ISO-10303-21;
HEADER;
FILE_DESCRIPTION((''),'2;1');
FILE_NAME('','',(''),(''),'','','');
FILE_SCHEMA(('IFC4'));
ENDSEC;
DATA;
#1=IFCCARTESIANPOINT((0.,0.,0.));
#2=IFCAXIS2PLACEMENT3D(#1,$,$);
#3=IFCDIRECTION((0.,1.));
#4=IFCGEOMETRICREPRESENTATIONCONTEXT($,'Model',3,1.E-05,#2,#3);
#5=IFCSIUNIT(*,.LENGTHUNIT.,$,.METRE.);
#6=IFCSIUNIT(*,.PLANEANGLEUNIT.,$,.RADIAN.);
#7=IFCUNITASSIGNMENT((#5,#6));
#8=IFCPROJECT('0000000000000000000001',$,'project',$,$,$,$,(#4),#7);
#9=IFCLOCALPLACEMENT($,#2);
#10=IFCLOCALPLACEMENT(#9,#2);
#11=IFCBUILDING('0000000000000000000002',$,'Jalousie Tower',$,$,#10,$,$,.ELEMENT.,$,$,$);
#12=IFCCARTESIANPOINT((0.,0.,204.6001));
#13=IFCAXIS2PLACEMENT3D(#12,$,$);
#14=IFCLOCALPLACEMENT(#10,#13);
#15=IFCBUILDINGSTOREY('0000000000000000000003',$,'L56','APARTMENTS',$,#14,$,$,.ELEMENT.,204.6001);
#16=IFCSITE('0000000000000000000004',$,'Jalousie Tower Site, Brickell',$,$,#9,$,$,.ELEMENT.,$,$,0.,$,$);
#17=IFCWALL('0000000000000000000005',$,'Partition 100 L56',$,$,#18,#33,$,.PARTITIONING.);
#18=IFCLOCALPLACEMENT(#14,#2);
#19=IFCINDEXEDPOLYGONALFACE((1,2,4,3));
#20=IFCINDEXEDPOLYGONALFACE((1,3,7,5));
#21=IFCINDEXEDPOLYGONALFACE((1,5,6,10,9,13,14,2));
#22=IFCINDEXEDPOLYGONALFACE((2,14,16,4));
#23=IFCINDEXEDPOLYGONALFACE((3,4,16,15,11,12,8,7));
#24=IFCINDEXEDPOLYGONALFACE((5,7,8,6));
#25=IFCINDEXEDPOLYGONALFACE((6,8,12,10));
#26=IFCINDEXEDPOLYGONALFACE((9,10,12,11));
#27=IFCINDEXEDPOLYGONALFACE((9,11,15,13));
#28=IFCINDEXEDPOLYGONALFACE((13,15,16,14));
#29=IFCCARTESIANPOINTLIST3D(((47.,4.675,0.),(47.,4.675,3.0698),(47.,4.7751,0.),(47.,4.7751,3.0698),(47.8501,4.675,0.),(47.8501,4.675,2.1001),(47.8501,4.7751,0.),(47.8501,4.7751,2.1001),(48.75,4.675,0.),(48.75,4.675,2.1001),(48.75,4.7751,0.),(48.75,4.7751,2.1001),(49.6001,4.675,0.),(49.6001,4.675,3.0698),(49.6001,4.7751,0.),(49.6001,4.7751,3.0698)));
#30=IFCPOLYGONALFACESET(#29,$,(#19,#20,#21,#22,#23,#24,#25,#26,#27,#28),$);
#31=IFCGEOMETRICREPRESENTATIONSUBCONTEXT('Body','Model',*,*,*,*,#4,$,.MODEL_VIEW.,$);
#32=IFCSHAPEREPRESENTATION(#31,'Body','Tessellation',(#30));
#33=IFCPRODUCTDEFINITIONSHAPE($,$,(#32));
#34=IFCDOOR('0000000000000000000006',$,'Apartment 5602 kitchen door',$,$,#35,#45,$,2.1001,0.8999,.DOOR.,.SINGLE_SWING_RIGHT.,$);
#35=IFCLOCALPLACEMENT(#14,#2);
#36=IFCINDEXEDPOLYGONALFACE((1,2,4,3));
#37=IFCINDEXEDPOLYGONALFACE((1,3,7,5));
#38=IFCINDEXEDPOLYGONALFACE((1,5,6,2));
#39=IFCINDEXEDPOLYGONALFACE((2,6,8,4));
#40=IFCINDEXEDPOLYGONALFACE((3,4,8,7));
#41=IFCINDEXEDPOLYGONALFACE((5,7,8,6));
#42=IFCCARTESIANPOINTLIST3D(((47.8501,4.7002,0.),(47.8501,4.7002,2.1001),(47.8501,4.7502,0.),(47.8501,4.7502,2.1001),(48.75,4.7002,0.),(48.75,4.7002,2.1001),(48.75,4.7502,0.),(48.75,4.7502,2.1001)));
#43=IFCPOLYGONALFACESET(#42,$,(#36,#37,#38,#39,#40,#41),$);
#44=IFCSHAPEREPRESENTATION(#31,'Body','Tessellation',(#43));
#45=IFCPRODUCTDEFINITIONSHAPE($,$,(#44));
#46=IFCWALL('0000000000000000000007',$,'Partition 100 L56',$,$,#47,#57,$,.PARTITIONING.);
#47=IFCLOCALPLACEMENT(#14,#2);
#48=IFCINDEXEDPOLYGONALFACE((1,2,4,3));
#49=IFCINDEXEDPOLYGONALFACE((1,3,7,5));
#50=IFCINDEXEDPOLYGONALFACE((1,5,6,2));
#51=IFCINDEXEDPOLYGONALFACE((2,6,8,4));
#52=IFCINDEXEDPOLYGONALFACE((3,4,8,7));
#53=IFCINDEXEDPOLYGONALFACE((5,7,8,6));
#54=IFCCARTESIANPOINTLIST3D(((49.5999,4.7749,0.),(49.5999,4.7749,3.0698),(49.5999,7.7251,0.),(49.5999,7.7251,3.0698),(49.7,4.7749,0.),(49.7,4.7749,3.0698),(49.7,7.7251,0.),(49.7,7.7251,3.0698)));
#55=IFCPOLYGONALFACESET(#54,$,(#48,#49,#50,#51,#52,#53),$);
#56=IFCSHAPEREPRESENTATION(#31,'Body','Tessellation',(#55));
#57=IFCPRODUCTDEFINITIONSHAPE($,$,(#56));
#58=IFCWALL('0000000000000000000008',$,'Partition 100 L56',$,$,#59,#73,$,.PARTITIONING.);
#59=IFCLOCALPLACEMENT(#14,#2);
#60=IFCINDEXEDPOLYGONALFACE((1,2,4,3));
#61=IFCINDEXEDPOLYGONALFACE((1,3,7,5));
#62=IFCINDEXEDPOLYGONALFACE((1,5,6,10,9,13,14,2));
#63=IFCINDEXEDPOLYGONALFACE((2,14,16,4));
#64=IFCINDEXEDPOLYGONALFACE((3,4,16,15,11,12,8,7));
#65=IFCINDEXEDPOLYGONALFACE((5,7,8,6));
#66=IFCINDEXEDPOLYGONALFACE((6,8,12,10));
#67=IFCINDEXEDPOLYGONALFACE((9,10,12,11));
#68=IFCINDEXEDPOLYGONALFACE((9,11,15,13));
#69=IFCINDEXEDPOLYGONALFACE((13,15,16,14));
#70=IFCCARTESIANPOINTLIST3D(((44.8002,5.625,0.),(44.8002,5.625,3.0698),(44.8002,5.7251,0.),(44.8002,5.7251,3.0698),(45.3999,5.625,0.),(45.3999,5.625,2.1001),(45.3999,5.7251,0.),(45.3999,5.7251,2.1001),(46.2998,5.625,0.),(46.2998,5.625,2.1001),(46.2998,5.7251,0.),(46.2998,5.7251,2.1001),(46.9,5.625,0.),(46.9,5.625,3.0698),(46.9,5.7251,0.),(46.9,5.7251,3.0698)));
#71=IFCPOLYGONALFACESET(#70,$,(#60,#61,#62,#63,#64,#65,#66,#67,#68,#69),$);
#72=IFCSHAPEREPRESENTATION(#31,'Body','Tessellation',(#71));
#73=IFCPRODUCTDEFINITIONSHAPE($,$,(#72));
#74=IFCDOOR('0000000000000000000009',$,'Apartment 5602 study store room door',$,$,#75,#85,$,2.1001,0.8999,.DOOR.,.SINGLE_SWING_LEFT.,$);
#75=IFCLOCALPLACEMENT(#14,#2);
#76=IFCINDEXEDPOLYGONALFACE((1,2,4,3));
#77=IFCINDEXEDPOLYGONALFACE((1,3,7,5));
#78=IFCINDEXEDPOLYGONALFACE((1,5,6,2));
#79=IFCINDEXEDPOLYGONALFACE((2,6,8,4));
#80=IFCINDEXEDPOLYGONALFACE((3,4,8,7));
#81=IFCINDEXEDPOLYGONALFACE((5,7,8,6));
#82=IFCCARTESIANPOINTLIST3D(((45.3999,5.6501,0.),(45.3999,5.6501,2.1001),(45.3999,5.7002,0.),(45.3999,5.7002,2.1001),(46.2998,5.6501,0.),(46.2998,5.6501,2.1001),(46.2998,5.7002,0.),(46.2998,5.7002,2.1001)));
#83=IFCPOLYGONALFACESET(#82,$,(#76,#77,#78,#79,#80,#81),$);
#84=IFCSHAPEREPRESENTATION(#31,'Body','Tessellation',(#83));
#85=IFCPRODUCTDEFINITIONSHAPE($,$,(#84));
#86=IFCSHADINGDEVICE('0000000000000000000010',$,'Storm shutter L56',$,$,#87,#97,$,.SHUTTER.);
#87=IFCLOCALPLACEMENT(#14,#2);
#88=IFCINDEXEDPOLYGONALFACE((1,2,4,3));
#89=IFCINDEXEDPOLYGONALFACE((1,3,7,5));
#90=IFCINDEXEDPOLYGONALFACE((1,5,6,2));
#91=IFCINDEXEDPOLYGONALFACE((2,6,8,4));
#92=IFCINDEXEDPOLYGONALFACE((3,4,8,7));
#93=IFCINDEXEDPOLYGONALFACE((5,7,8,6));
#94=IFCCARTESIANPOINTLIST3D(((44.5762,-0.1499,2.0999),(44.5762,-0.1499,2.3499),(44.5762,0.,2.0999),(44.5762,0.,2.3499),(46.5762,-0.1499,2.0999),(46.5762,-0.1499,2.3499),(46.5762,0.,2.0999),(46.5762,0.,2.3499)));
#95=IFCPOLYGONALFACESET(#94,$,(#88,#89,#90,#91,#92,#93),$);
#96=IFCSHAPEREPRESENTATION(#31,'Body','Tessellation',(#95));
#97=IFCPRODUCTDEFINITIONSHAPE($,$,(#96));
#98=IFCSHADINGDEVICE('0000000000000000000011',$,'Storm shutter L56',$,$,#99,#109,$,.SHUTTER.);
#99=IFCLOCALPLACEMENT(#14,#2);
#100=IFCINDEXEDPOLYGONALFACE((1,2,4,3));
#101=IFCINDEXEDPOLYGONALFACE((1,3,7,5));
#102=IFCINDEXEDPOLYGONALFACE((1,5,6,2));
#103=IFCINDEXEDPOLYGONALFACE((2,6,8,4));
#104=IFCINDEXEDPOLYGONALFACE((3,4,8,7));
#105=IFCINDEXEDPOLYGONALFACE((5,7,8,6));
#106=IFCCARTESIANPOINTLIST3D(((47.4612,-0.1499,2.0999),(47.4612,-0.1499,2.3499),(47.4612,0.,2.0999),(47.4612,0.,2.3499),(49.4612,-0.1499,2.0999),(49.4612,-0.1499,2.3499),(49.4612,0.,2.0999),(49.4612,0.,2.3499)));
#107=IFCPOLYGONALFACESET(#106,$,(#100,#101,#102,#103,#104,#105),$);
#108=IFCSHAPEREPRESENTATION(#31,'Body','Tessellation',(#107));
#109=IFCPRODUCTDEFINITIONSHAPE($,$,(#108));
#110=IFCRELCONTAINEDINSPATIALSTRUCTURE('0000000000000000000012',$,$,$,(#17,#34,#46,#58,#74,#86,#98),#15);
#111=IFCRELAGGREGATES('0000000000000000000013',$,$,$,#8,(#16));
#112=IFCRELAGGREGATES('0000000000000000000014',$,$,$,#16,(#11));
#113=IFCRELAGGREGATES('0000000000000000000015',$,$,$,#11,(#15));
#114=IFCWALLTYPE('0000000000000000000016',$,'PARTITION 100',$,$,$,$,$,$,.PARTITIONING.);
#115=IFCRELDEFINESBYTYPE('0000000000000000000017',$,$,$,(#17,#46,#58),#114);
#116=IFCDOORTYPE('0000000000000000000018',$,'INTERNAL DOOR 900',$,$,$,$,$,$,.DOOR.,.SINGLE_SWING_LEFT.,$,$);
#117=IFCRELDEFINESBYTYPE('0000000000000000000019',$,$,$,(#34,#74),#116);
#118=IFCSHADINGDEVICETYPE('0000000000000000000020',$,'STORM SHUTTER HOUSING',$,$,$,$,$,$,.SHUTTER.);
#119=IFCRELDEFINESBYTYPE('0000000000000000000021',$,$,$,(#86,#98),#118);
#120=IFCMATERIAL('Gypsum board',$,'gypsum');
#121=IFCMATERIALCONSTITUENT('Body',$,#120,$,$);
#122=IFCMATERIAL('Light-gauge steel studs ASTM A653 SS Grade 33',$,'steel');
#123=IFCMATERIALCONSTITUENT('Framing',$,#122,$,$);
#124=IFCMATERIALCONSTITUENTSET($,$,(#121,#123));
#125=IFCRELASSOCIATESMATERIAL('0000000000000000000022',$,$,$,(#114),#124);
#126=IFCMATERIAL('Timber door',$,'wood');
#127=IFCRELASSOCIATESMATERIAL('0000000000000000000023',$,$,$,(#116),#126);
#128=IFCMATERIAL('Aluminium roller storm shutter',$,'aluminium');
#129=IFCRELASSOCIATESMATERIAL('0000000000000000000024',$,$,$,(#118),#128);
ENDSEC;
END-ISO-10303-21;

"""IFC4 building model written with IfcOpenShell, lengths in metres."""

from ifc_helpers import new_model, si_unit, direction, frame, frame_2d, origin, origin_2d, place, context, subcontext, project, spatial, rectangle, extrude, material, constituent, constituent_set, type_object, element, fill, save


model = new_model("IFC4")

# Units and contexts
model_context = context("Model", 3, precision=1e-05, world=origin(), true_north=direction((0.0, 1.0)))
body_context = subcontext(model_context, "Body", "Model", "MODEL_VIEW")
ifc_project = project(units=[si_unit("LENGTHUNIT", "METRE"), si_unit("PLANEANGLEUNIT", "RADIAN")], contexts=[model_context])

# Site, building, storey
site_placement = place(None, origin())
site = spatial("IfcSite", under=ifc_project, at=site_placement, Name="Jalousie Tower Site, Brickell", CompositionType="ELEMENT", RefElevation=0.0)
building_placement = place(site_placement, origin())
building = spatial("IfcBuilding", under=site, at=building_placement, Name="Jalousie Tower", CompositionType="ELEMENT")
storey_placement = place(building_placement, frame((0.0, 0.0, 204.6001)))
storey = spatial("IfcBuildingStorey", under=building, at=storey_placement, Name="L56", Description="APARTMENTS", CompositionType="ELEMENT", Elevation=204.6001)

# Wall, opening, door
ifc_material_1 = material(Name="Gypsum board", Category="gypsum")
ifc_constituent_1 = constituent(ifc_material_1, Name="Body")
ifc_material_2 = material(Name="Light-gauge steel studs ASTM A653 SS Grade 33", Category="steel")
ifc_constituent_2 = constituent(ifc_material_2, Name="Framing")
ifc_constituent_set = constituent_set(constituents=[ifc_constituent_1, ifc_constituent_2])
wall_type = type_object("IfcWallType", Name="PARTITION 100", PredefinedType="PARTITIONING", material=ifc_constituent_set)
wall_1_placement = place(storey_placement, frame((47.0, 4.7251, 0.0), z_axis=(0.0, 0.0, 1.0), x_axis=(1.0, 0.0, 0.0)))
wall_1 = element("IfcWall", 1, at=wall_1_placement, inside=storey, type_object=wall_type, Name="Partition 100 L56", PredefinedType="PARTITIONING", context=body_context, shape_type="SweptSolid", body=[
    extrude(rectangle(XDim=2.6001, YDim=0.1001, at=frame_2d((1.3, 0.0))), origin(), (0.0, 0.0, 1.0), 3.0698),
])
opening_1_placement = place(wall_1_placement, frame((0.8501, 0.0, 0.0)))
opening_1 = element("IfcOpeningElement", 2, at=opening_1_placement, cuts=wall_1, PredefinedType="OPENING", context=body_context, shape_type="SweptSolid", body=[
    extrude(rectangle(XDim=0.8999, YDim=2.1001, at=frame_2d((0.45, 1.05))), frame((0.0, 0.0601, 0.0), z_axis=(0.0, -1.0, 0.0), x_axis=(1.0, 0.0, 0.0)), (0.0, 0.0, 1.0), 0.1201),
])
ifc_material_3 = material(Name="Timber door", Category="wood")
door_type_1 = type_object("IfcDoorType", Name="INTERNAL DOOR 900", OperationType="SINGLE_SWING_LEFT", PredefinedType="DOOR", material=ifc_material_3)
door_1_placement = place(opening_1_placement, frame((0.8999, 0.0, 0.0), z_axis=(0.0, 0.0, 1.0), x_axis=(-1.0, 0.0, 0.0)))
door_1 = element("IfcDoor", 3, at=door_1_placement, inside=storey, type_object=door_type_1, Name="Apartment 5602 kitchen door", OperationType="SINGLE_SWING_RIGHT", OverallHeight=2.1001, OverallWidth=0.8999, PredefinedType="DOOR", context=body_context, shape_type="SweptSolid", body=[
    extrude(rectangle(XDim=0.8999, YDim=2.1001, at=frame_2d((0.45, 1.05))), frame((0.0, 0.0249, 0.0), z_axis=(0.0, -1.0, 0.0), x_axis=(1.0, 0.0, 0.0)), (0.0, 0.0, 1.0), 0.05),
])
fill(opening_1, door_1)

# Wall
wall_2_placement = place(storey_placement, frame((49.6499, 4.7749, 0.0), z_axis=(0.0, 0.0, 1.0), x_axis=(0.0, 1.0, 0.0)))
element("IfcWall", 4, at=wall_2_placement, inside=storey, type_object=wall_type, Name="Partition 100 L56", PredefinedType="PARTITIONING", context=body_context, shape_type="SweptSolid", body=[
    extrude(rectangle(XDim=2.9502, YDim=0.1001, at=frame_2d((1.4751, 0.0))), origin(), (0.0, 0.0, 1.0), 3.0698),
])

# Wall, opening, door
wall_3_placement = place(storey_placement, frame((46.8999, 5.675, 0.0), z_axis=(0.0, 0.0, 1.0), x_axis=(-1.0, 0.0, 0.0)))
wall_3 = element("IfcWall", 5, at=wall_3_placement, inside=storey, type_object=wall_type, Name="Partition 100 L56", PredefinedType="PARTITIONING", context=body_context, shape_type="SweptSolid", body=[
    extrude(rectangle(XDim=2.0999, YDim=0.1001, at=frame_2d((1.0498, 0.0))), origin(), (0.0, 0.0, 1.0), 3.0698),
])
opening_2_placement = place(wall_3_placement, frame((0.6001, 0.0, 0.0)))
opening_2 = element("IfcOpeningElement", 6, at=opening_2_placement, cuts=wall_3, PredefinedType="OPENING", context=body_context, shape_type="SweptSolid", body=[
    extrude(rectangle(XDim=0.8999, YDim=2.1001, at=frame_2d((0.45, 1.05))), frame((0.0, 0.0601, 0.0), z_axis=(0.0, -1.0, 0.0), x_axis=(1.0, 0.0, 0.0)), (0.0, 0.0, 1.0), 0.1201),
])
door_2_placement = place(opening_2_placement, origin())
door_2 = element("IfcDoor", 7, at=door_2_placement, inside=storey, type_object=door_type_1, Name="Apartment 5602 study store room door", OperationType="SINGLE_SWING_LEFT", OverallHeight=2.1001, OverallWidth=0.8999, PredefinedType="DOOR", context=body_context, shape_type="SweptSolid", body=[
    extrude(rectangle(XDim=0.8999, YDim=2.1001, at=frame_2d((0.45, 1.05))), frame((0.0, 0.0249, 0.0), z_axis=(0.0, -1.0, 0.0), x_axis=(1.0, 0.0, 0.0)), (0.0, 0.0, 1.0), 0.05),
])
fill(opening_2, door_2)

# Shading devices
ifc_material_4 = material(Name="Aluminium roller storm shutter", Category="aluminium")
shading_device_type = type_object("IfcShadingDeviceType", Name="STORM SHUTTER HOUSING", PredefinedType="SHUTTER", material=ifc_material_4)
for number, where, z_axis, x_axis, name in (
    (8, (45.5762, -0.075, 2.0999), (0.0, 0.0, 1.0), (1.0, 0.0, 0.0), "Storm shutter L56"),
    (9, (48.4612, -0.075, 2.0999), (0.0, 0.0, 1.0), (1.0, 0.0, 0.0), "Storm shutter L56"),
):
    element("IfcShadingDevice", number, at=place(storey_placement, frame(where, z_axis=z_axis, x_axis=x_axis)), inside=storey, type_object=shading_device_type, Name=name, PredefinedType="SHUTTER", context=body_context, shape_type="SweptSolid", body=[
        extrude(rectangle(XDim=2.0, YDim=0.1499, at=origin_2d()), origin(), (0.0, 0.0, 1.0), 0.25),
    ])

save(model, "model.ifc")
